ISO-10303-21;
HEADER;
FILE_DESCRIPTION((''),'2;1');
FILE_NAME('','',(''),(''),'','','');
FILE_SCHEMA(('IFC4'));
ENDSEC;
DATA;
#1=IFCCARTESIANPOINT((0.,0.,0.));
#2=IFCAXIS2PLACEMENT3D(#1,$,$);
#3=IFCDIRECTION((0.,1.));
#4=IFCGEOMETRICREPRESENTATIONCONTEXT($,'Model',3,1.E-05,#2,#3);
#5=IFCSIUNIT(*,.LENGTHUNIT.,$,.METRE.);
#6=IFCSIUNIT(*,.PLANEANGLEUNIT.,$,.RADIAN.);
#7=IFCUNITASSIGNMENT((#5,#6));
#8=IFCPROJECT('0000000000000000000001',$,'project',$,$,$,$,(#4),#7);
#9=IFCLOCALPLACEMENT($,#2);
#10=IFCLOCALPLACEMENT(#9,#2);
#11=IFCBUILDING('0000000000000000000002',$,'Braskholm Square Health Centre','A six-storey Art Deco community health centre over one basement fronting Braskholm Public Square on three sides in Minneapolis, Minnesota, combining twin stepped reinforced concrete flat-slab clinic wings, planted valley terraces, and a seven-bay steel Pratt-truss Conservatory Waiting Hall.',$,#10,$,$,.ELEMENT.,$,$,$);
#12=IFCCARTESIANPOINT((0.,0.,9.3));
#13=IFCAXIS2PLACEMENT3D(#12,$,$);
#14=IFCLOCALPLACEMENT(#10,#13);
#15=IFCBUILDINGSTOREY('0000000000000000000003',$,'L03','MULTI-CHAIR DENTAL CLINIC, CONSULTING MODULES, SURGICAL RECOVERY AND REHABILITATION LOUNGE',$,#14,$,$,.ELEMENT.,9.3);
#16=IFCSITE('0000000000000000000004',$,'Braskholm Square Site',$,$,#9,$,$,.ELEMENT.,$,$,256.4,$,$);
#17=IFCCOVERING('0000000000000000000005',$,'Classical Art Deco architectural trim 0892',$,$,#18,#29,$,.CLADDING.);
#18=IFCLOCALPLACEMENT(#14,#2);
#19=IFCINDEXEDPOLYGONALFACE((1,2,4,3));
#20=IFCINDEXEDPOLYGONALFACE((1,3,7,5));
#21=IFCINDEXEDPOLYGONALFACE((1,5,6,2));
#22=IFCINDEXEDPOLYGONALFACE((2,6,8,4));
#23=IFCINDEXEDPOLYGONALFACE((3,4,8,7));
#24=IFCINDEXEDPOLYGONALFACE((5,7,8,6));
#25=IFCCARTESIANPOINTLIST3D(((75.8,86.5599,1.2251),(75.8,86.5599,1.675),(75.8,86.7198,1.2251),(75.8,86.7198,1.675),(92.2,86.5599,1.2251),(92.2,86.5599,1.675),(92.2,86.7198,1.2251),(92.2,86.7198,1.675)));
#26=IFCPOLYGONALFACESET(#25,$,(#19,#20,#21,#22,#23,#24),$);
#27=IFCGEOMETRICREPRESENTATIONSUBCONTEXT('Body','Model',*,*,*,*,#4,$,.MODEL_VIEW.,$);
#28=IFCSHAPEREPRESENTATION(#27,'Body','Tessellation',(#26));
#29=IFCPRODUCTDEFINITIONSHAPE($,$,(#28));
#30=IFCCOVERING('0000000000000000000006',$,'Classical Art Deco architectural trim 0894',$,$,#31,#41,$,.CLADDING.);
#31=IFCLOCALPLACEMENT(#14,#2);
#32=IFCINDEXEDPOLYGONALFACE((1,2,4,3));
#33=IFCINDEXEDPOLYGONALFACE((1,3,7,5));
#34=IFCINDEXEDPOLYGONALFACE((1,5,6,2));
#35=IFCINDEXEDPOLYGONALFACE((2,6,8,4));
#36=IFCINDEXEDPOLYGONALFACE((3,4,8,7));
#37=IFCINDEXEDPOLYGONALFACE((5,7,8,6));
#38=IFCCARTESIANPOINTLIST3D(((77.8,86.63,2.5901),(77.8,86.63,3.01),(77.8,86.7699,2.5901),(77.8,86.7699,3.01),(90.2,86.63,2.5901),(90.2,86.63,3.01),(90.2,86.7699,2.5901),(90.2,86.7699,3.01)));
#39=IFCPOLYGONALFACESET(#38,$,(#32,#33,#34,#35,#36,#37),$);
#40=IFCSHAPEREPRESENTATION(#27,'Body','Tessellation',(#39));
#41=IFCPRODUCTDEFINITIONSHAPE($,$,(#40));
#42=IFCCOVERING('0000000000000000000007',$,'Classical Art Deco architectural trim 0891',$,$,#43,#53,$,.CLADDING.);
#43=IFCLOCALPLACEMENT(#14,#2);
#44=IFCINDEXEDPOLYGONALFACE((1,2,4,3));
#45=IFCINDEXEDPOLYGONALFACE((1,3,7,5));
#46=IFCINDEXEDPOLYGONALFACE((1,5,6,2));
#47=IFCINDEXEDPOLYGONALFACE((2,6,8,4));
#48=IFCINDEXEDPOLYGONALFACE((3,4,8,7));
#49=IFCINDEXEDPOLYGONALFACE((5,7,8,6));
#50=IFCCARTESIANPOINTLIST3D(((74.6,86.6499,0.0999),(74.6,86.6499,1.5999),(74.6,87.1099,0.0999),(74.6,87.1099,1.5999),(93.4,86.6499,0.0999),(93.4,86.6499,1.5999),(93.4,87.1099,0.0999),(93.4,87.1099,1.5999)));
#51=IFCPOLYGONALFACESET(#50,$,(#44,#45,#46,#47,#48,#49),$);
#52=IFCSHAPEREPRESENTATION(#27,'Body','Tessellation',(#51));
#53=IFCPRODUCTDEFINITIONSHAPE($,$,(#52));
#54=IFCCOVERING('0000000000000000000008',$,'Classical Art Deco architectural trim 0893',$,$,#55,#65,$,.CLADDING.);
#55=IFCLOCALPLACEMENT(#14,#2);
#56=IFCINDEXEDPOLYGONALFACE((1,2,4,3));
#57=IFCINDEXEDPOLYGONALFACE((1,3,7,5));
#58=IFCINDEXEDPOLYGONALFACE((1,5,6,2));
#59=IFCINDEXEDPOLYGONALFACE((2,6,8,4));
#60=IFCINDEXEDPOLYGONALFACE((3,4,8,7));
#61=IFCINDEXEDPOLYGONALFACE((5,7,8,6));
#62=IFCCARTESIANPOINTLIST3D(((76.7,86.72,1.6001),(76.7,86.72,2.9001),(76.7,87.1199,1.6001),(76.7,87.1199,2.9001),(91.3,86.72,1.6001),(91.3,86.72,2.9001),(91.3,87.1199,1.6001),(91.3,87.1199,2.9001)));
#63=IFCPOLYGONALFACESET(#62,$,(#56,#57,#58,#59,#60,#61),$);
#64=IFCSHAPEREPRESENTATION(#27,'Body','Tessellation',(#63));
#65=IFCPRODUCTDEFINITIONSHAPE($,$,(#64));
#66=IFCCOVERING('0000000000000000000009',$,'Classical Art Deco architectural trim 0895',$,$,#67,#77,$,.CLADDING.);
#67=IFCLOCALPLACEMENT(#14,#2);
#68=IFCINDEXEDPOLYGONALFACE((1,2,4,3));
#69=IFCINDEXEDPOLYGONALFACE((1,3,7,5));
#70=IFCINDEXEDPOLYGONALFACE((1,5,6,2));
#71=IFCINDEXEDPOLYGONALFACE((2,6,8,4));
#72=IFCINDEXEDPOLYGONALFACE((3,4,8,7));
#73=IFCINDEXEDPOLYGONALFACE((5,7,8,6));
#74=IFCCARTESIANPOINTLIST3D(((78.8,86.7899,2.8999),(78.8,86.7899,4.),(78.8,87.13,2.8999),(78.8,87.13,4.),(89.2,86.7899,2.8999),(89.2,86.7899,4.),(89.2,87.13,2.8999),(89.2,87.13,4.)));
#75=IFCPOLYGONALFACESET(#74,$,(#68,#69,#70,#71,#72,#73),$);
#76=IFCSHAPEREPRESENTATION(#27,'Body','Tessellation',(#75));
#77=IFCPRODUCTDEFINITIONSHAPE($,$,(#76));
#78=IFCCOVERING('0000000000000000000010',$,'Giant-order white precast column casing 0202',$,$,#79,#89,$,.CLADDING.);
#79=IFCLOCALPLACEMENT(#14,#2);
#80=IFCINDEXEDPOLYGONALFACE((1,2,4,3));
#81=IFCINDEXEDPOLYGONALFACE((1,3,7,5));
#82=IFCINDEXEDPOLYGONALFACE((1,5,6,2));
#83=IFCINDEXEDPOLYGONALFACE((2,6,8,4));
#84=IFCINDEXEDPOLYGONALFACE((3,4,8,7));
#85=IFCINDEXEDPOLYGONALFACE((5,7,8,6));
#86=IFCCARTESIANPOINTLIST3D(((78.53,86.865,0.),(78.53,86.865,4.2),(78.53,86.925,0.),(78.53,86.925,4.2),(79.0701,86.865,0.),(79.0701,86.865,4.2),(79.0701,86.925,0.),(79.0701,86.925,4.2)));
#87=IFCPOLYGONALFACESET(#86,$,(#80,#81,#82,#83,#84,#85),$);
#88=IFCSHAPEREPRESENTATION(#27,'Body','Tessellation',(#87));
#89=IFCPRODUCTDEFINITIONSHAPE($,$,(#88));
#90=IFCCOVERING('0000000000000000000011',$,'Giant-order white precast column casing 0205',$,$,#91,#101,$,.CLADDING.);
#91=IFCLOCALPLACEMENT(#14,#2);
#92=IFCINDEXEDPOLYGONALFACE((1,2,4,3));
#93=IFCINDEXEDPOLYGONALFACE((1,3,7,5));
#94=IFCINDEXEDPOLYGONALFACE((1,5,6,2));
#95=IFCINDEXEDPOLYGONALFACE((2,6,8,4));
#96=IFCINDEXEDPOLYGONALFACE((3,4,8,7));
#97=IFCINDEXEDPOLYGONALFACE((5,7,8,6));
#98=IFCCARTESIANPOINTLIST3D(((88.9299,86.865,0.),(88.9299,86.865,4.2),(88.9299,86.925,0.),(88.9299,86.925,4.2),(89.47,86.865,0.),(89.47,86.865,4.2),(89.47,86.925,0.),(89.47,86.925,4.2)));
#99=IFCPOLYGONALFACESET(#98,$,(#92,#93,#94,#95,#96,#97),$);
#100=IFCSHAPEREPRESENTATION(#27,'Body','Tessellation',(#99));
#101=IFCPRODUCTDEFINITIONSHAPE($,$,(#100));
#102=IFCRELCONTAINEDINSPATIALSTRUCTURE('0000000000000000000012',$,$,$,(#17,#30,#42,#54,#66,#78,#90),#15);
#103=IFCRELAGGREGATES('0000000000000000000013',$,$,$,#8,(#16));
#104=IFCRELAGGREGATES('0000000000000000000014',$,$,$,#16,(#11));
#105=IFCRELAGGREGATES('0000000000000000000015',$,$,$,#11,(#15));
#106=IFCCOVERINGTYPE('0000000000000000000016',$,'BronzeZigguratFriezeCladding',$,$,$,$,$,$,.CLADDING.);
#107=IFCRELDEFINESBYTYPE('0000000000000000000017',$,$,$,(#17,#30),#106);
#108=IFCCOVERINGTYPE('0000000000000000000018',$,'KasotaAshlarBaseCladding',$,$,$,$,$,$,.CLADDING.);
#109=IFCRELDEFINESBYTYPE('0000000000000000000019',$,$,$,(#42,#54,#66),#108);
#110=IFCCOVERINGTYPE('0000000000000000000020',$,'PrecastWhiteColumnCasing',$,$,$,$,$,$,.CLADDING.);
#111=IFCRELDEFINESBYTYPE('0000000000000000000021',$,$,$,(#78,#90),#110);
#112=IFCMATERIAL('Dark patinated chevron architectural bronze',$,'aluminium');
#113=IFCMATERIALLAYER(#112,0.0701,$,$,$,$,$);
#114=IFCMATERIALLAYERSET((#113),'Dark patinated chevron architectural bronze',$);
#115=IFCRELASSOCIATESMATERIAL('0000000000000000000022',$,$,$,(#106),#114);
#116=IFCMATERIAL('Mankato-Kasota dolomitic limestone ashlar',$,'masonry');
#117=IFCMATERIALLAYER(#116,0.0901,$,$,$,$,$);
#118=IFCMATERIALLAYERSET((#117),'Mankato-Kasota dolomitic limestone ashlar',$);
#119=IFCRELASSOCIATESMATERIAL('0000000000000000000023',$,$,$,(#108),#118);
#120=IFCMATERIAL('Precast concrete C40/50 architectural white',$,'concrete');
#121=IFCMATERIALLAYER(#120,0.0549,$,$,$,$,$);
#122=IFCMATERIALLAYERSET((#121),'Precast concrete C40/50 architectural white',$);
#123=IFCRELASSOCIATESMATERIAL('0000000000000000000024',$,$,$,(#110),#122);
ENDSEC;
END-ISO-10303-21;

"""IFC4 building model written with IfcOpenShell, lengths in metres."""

from ifc_helpers import new_model, si_unit, direction, frame, origin, origin_2d, place, context, subcontext, project, spatial, rectangle, extrude, material, layer, layer_set, type_object, element, save


model = new_model("IFC4")

# Units and contexts
model_context = context("Model", 3, precision=1e-05, world=origin(), true_north=direction((0.0, 1.0)))
body_context = subcontext(model_context, "Body", "Model", "MODEL_VIEW")
ifc_project = project(units=[si_unit("LENGTHUNIT", "METRE"), si_unit("PLANEANGLEUNIT", "RADIAN")], contexts=[model_context])

# Site, building, storey
site_placement = place(None, origin())
site = spatial("IfcSite", under=ifc_project, at=site_placement, Name="Braskholm Square Site", CompositionType="ELEMENT", RefElevation=256.4)
building_placement = place(site_placement, origin())
building = spatial("IfcBuilding", under=site, at=building_placement, Name="Braskholm Square Health Centre", Description="A six-storey Art Deco community health centre over one basement fronting Braskholm Public Square on three sides in Minneapolis, Minnesota, combining twin stepped reinforced concrete flat-slab clinic wings, planted valley terraces, and a seven-bay steel Pratt-truss Conservatory Waiting Hall.", CompositionType="ELEMENT")
storey_placement = place(building_placement, frame((0.0, 0.0, 9.3)))
storey = spatial("IfcBuildingStorey", under=building, at=storey_placement, Name="L03", Description="MULTI-CHAIR DENTAL CLINIC, CONSULTING MODULES, SURGICAL RECOVERY AND REHABILITATION LOUNGE", CompositionType="ELEMENT", Elevation=9.3)

# Shared definitions
ifc_material_1 = material(Name="Precast concrete C40/50 architectural white", Category="concrete")

# Coverings
ifc_material_2 = material(Name="Dark patinated chevron architectural bronze", Category="aluminium")
ifc_layer_1 = layer(ifc_material_2, 0.0701)
ifc_layer_set_1 = layer_set([ifc_layer_1], Name="Dark patinated chevron architectural bronze")
covering_type_1 = type_object("IfcCoveringType", Name="BronzeZigguratFriezeCladding", PredefinedType="CLADDING", material=ifc_layer_set_1)
covering_1_placement = place(storey_placement, frame((84.0, 86.6399, 1.2251), z_axis=(0.0, 0.0, 1.0), x_axis=(1.0, 0.0, 0.0)))
element("IfcCovering", 1, at=covering_1_placement, inside=storey, type_object=covering_type_1, Name="Classical Art Deco architectural trim 0892", PredefinedType="CLADDING", context=body_context, shape_type="SweptSolid", body=[
    extrude(rectangle(XDim=16.3999, YDim=0.1599, at=origin_2d()), origin(), (0.0, 0.0, 1.0), 0.45),
])
covering_2_placement = place(storey_placement, frame((84.0, 86.7, 2.5901), z_axis=(0.0, 0.0, 1.0), x_axis=(1.0, 0.0, 0.0)))
element("IfcCovering", 2, at=covering_2_placement, inside=storey, type_object=covering_type_1, Name="Classical Art Deco architectural trim 0894", PredefinedType="CLADDING", context=body_context, shape_type="SweptSolid", body=[
    extrude(rectangle(XDim=12.3999, YDim=0.1399, at=origin_2d()), origin(), (0.0, 0.0, 1.0), 0.4199),
])
ifc_material_3 = material(Name="Mankato-Kasota dolomitic limestone ashlar", Category="masonry")
ifc_layer_2 = layer(ifc_material_3, 0.0901)
ifc_layer_set_2 = layer_set([ifc_layer_2], Name="Mankato-Kasota dolomitic limestone ashlar")
covering_type_2 = type_object("IfcCoveringType", Name="KasotaAshlarBaseCladding", PredefinedType="CLADDING", material=ifc_layer_set_2)
covering_3_placement = place(storey_placement, frame((84.0, 86.8799, 0.0999), z_axis=(0.0, 0.0, 1.0), x_axis=(1.0, 0.0, 0.0)))
element("IfcCovering", 3, at=covering_3_placement, inside=storey, type_object=covering_type_2, Name="Classical Art Deco architectural trim 0891", PredefinedType="CLADDING", context=body_context, shape_type="SweptSolid", body=[
    extrude(rectangle(XDim=18.8, YDim=0.46, at=origin_2d()), origin(), (0.0, 0.0, 1.0), 1.5),
])
covering_4_placement = place(storey_placement, frame((84.0, 86.9199, 1.6001), z_axis=(0.0, 0.0, 1.0), x_axis=(1.0, 0.0, 0.0)))
element("IfcCovering", 4, at=covering_4_placement, inside=storey, type_object=covering_type_2, Name="Classical Art Deco architectural trim 0893", PredefinedType="CLADDING", context=body_context, shape_type="SweptSolid", body=[
    extrude(rectangle(XDim=14.6001, YDim=0.3999, at=origin_2d()), origin(), (0.0, 0.0, 1.0), 1.3),
])
covering_5_placement = place(storey_placement, frame((84.0, 86.96, 2.8999), z_axis=(0.0, 0.0, 1.0), x_axis=(1.0, 0.0, 0.0)))
element("IfcCovering", 5, at=covering_5_placement, inside=storey, type_object=covering_type_2, Name="Classical Art Deco architectural trim 0895", PredefinedType="CLADDING", context=body_context, shape_type="SweptSolid", body=[
    extrude(rectangle(XDim=10.3999, YDim=0.3401, at=origin_2d()), origin(), (0.0, 0.0, 1.0), 1.1001),
])
ifc_layer_3 = layer(ifc_material_1, 0.0549)
ifc_layer_set_3 = layer_set([ifc_layer_3], Name="Precast concrete C40/50 architectural white")
covering_type_3 = type_object("IfcCoveringType", Name="PrecastWhiteColumnCasing", PredefinedType="CLADDING", material=ifc_layer_set_3)
for number, where, z_axis, x_axis, name in (
    (6, (78.8, 86.895, 0.0), (0.0, 0.0, 1.0), (1.0, 0.0, 0.0), "Giant-order white precast column casing 0202"),
    (7, (89.2, 86.895, 0.0), (0.0, 0.0, 1.0), (1.0, 0.0, 0.0), "Giant-order white precast column casing 0205"),
):
    element("IfcCovering", number, at=place(storey_placement, frame(where, z_axis=z_axis, x_axis=x_axis)), inside=storey, type_object=covering_type_3, Name=name, PredefinedType="CLADDING", context=body_context, shape_type="SweptSolid", body=[
        extrude(rectangle(XDim=0.54, YDim=0.0601, at=origin_2d()), origin(), (0.0, 0.0, 1.0), 4.2),
    ])

save(model, "model.ifc")
